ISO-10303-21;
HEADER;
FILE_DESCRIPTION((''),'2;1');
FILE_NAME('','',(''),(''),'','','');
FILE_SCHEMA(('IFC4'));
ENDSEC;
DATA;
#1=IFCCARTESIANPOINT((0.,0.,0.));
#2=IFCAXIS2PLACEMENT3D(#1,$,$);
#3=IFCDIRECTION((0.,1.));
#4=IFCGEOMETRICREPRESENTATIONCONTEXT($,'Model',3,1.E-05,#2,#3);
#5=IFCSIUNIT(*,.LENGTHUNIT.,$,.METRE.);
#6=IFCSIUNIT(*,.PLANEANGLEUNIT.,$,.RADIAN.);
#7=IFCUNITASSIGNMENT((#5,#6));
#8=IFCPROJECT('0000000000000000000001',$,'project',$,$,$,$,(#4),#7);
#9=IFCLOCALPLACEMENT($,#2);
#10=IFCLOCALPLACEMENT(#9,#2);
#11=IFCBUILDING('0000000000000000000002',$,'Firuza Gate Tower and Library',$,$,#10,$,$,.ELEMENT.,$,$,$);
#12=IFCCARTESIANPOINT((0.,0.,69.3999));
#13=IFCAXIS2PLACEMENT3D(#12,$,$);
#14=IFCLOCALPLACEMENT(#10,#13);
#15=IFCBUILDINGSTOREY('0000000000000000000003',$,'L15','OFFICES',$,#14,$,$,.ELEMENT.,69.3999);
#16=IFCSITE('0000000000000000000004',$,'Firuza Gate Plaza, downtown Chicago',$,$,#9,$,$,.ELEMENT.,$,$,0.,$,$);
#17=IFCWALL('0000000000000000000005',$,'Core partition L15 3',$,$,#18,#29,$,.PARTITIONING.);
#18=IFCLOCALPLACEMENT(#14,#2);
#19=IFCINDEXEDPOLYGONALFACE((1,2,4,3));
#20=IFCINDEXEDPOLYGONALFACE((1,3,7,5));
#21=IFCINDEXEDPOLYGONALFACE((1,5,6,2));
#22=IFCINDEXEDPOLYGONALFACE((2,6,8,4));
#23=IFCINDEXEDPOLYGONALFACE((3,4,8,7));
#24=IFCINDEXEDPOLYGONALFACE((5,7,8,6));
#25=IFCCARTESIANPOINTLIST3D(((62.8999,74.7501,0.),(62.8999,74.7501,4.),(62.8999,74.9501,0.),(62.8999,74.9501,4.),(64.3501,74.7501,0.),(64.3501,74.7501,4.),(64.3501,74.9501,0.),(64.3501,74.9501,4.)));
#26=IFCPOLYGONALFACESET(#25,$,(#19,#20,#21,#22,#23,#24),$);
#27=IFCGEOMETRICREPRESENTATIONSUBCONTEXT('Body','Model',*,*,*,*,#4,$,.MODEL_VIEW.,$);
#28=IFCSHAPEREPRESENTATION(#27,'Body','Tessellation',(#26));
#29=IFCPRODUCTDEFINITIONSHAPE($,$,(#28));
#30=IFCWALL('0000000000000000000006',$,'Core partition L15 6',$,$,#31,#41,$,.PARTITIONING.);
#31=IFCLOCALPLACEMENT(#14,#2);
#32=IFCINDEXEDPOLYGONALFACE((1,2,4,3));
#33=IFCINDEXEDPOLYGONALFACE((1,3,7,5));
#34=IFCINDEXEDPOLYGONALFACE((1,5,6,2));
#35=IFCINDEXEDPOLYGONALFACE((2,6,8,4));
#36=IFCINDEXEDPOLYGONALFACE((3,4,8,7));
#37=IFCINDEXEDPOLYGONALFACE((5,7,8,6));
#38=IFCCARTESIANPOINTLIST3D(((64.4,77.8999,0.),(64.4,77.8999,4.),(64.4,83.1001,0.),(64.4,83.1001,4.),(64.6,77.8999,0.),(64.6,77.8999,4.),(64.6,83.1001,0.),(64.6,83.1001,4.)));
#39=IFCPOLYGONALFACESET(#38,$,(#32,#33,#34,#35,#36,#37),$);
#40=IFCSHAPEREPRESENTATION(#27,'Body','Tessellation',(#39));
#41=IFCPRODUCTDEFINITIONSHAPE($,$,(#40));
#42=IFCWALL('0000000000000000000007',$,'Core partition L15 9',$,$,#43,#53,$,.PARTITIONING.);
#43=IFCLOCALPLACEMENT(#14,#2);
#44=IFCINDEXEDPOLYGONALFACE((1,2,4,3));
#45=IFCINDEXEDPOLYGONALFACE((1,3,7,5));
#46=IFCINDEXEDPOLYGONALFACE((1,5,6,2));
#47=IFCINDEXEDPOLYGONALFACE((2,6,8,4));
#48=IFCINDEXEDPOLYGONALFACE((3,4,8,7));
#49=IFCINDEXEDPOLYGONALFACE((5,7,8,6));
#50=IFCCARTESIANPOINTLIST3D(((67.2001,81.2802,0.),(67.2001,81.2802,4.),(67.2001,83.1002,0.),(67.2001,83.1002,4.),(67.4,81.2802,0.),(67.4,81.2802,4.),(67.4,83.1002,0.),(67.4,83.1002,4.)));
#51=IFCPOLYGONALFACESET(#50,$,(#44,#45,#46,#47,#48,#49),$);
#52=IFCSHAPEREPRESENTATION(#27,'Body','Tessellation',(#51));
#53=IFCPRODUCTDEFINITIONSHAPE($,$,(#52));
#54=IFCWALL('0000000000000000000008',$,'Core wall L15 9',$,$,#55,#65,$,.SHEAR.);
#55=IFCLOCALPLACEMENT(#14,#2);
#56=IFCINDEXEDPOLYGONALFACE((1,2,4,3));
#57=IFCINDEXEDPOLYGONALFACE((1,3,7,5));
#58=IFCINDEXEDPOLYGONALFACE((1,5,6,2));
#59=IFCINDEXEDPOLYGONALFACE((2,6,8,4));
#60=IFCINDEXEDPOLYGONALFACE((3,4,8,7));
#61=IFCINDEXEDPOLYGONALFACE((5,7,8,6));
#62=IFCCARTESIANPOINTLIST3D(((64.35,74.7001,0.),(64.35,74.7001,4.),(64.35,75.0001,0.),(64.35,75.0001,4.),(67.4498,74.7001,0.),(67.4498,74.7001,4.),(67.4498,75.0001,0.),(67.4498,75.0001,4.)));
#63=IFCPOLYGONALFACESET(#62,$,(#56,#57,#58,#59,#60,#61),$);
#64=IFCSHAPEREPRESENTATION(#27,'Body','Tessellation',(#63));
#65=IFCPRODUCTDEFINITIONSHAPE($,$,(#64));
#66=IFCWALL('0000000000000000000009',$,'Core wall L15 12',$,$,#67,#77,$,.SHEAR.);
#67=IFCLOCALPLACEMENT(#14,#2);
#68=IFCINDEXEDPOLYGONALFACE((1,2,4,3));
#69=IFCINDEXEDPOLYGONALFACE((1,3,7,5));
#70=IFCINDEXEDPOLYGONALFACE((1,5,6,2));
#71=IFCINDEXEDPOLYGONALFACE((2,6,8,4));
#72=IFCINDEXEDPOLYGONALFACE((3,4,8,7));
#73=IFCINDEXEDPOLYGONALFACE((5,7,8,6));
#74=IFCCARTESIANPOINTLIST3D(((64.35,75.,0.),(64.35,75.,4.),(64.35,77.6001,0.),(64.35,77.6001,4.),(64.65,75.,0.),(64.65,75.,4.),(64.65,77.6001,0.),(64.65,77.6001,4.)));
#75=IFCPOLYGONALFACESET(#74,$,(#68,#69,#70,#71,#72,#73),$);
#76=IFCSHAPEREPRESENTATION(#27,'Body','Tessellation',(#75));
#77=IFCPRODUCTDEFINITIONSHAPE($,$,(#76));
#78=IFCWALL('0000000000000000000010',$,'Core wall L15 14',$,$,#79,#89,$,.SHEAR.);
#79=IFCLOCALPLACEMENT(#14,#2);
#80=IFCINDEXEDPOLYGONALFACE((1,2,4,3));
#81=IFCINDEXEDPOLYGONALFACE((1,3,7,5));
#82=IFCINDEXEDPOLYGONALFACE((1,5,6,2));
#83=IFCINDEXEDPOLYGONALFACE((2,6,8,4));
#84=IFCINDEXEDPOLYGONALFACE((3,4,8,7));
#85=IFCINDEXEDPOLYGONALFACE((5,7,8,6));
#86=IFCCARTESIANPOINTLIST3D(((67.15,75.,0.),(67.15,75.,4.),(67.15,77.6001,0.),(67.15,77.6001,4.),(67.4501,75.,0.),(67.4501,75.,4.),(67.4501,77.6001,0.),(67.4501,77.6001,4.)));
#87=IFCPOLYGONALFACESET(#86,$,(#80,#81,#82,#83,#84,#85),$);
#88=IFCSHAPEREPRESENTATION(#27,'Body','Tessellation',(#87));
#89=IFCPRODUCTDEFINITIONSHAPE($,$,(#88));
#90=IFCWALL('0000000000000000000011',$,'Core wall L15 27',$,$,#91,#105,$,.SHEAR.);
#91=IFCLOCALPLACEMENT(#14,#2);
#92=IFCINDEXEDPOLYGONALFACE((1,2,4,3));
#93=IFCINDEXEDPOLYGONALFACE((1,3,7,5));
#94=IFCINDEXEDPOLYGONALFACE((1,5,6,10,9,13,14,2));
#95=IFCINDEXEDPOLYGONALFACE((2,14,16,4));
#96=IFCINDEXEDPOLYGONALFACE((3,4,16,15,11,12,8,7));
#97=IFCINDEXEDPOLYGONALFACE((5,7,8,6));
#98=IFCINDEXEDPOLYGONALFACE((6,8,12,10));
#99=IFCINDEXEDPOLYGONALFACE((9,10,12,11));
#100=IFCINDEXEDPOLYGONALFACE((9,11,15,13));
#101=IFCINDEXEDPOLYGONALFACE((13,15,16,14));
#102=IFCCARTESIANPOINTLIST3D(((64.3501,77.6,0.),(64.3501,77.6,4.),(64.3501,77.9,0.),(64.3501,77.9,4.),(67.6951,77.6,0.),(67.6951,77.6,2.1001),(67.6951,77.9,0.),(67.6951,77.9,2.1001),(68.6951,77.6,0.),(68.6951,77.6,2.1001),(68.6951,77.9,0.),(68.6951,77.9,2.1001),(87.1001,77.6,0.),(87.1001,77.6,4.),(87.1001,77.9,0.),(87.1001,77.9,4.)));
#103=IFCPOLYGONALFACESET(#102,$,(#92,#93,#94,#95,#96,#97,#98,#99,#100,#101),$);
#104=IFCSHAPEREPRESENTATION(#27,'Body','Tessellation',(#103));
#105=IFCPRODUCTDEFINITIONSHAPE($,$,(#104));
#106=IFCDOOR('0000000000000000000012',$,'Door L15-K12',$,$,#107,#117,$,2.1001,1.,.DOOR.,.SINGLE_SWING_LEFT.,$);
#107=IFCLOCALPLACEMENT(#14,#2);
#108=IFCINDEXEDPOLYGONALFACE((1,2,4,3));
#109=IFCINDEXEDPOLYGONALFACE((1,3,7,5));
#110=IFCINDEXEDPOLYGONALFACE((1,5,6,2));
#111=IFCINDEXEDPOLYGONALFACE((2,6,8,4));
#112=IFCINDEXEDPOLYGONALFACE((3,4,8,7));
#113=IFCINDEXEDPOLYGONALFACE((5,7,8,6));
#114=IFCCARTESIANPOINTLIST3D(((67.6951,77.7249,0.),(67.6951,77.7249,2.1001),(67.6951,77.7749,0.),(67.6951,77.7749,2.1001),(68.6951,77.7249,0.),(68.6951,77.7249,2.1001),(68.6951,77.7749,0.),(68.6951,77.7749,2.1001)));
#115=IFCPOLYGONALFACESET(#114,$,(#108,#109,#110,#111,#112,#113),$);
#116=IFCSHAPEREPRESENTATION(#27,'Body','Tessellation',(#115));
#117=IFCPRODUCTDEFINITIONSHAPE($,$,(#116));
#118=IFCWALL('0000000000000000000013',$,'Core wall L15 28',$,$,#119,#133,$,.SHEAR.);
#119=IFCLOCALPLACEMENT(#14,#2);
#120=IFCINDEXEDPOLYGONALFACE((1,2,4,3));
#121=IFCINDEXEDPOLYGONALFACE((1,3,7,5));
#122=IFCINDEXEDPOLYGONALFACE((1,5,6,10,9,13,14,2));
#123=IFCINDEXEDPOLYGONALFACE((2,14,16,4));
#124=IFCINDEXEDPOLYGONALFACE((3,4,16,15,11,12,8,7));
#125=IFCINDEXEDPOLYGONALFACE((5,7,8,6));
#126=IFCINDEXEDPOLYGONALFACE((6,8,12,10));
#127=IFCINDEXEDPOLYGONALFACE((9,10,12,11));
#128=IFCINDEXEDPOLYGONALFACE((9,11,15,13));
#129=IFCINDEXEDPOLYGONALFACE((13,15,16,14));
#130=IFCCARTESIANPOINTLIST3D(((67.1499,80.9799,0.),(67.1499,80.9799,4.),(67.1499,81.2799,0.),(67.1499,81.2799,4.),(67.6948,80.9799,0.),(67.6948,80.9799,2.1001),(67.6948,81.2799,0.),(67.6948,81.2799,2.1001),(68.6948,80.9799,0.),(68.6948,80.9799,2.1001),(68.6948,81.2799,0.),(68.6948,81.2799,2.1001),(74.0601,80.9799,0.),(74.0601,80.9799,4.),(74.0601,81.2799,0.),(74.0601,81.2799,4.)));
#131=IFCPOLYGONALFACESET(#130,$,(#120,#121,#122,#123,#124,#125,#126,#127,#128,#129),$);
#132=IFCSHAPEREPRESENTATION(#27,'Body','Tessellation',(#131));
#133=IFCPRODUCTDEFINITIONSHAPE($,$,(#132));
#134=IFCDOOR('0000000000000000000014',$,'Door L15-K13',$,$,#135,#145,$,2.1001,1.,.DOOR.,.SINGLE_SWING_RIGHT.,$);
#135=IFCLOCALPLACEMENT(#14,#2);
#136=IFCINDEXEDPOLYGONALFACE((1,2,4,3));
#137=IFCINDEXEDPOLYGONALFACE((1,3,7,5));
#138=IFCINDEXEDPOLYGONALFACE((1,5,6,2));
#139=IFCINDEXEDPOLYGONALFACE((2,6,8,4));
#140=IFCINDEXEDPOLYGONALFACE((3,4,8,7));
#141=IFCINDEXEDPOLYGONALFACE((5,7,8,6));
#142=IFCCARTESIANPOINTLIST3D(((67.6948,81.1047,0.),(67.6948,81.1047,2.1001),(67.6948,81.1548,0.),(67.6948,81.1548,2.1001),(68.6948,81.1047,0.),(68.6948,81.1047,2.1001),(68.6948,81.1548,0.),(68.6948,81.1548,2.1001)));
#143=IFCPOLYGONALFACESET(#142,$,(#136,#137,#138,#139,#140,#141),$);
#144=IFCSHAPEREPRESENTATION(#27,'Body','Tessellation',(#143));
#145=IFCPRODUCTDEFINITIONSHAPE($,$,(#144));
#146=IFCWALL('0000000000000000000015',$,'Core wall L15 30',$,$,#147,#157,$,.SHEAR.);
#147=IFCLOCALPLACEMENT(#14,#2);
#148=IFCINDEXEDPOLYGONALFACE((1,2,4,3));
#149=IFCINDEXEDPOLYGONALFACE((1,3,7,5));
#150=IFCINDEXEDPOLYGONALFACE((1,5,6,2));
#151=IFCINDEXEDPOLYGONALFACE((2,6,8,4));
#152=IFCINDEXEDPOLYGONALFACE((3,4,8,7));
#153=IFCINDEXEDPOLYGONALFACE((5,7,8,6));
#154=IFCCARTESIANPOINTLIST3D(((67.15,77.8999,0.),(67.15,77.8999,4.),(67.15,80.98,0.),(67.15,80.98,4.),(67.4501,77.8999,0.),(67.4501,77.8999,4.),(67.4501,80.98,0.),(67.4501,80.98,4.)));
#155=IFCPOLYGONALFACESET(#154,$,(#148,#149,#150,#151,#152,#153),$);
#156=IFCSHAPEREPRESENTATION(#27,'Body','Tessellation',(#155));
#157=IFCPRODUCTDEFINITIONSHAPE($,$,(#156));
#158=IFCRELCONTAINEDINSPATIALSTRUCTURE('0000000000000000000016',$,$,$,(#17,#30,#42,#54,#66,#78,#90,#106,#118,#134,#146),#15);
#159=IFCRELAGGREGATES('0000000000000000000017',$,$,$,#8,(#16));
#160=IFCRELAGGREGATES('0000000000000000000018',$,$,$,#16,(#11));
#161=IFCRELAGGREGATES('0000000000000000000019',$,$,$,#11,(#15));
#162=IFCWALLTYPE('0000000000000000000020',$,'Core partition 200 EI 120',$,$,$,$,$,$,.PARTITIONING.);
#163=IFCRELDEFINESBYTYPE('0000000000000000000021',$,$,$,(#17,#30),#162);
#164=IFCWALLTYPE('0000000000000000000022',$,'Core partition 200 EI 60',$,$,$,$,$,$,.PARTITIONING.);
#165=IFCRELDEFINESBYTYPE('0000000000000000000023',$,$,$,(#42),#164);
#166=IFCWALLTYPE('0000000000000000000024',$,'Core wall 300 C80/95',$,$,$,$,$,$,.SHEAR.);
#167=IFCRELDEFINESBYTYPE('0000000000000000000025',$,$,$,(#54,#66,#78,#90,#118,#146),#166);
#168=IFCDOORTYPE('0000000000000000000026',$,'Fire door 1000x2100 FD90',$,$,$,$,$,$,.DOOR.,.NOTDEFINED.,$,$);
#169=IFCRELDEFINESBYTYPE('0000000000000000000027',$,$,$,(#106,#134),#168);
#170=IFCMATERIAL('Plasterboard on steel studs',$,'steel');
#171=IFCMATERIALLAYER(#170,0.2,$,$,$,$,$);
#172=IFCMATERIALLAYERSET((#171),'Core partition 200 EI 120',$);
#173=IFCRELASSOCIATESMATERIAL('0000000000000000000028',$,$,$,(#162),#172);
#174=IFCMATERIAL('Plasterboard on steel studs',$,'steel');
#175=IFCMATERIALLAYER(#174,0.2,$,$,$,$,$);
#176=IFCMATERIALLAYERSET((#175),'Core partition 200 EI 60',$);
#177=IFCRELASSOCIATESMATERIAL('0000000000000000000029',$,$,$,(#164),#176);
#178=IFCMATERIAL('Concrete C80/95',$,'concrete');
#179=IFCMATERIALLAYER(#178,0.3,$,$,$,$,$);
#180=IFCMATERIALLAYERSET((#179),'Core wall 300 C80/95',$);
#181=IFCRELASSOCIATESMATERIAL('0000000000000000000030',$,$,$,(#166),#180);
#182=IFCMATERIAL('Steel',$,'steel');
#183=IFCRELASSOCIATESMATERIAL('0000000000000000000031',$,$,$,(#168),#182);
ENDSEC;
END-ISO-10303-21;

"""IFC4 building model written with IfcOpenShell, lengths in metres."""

from ifc_helpers import new_model, si_unit, direction, frame, frame_2d, origin, place, context, subcontext, project, spatial, rectangle, extrude, material, layer, layer_set, type_object, element, fill, save


model = new_model("IFC4")

# Units and contexts
model_context = context("Model", 3, precision=1e-05, world=origin(), true_north=direction((0.0, 1.0)))
body_context = subcontext(model_context, "Body", "Model", "MODEL_VIEW")
ifc_project = project(units=[si_unit("LENGTHUNIT", "METRE"), si_unit("PLANEANGLEUNIT", "RADIAN")], contexts=[model_context])

# Site, building, storey
site_placement = place(None, origin())
site = spatial("IfcSite", under=ifc_project, at=site_placement, Name="Firuza Gate Plaza, downtown Chicago", CompositionType="ELEMENT", RefElevation=0.0)
building_placement = place(site_placement, origin())
building = spatial("IfcBuilding", under=site, at=building_placement, Name="Firuza Gate Tower and Library", CompositionType="ELEMENT")
storey_placement = place(building_placement, frame((0.0, 0.0, 69.3999)))
storey = spatial("IfcBuildingStorey", under=building, at=storey_placement, Name="L15", Description="OFFICES", CompositionType="ELEMENT", Elevation=69.3999)

# Walls
ifc_material_1 = material(Name="Plasterboard on steel studs", Category="steel")
ifc_layer_1 = layer(ifc_material_1, 0.2)
ifc_layer_set_1 = layer_set([ifc_layer_1], Name="Core partition 200 EI 120")
wall_type_1 = type_object("IfcWallType", Name="Core partition 200 EI 120", PredefinedType="PARTITIONING", material=ifc_layer_set_1)
wall_1_placement = place(storey_placement, frame((62.8999, 74.8501, 0.0), z_axis=(0.0, 0.0, 1.0), x_axis=(1.0, 0.0, 0.0)))
element("IfcWall", 1, at=wall_1_placement, inside=storey, type_object=wall_type_1, Name="Core partition L15 3", PredefinedType="PARTITIONING", context=body_context, shape_type="SweptSolid", body=[
    extrude(rectangle(XDim=1.4502, YDim=0.2, at=frame_2d((0.7251, 0.0))), origin(), (0.0, 0.0, 1.0), 4.0),
])
wall_2_placement = place(storey_placement, frame((64.5, 77.8999, 0.0), z_axis=(0.0, 0.0, 1.0), x_axis=(0.0, 1.0, 0.0)))
element("IfcWall", 2, at=wall_2_placement, inside=storey, type_object=wall_type_1, Name="Core partition L15 6", PredefinedType="PARTITIONING", context=body_context, shape_type="SweptSolid", body=[
    extrude(rectangle(XDim=5.2002, YDim=0.2, at=frame_2d((2.6001, 0.0))), origin(), (0.0, 0.0, 1.0), 4.0),
])
ifc_material_2 = material(Name="Plasterboard on steel studs", Category="steel")
ifc_layer_2 = layer(ifc_material_2, 0.2)
ifc_layer_set_2 = layer_set([ifc_layer_2], Name="Core partition 200 EI 60")
wall_type_2 = type_object("IfcWallType", Name="Core partition 200 EI 60", PredefinedType="PARTITIONING", material=ifc_layer_set_2)
wall_3_placement = place(storey_placement, frame((67.3, 81.28, 0.0), z_axis=(0.0, 0.0, 1.0), x_axis=(0.0, 1.0, 0.0)))
element("IfcWall", 3, at=wall_3_placement, inside=storey, type_object=wall_type_2, Name="Core partition L15 9", PredefinedType="PARTITIONING", context=body_context, shape_type="SweptSolid", body=[
    extrude(rectangle(XDim=1.8201, YDim=0.2, at=frame_2d((0.9102, 0.0))), origin(), (0.0, 0.0, 1.0), 4.0),
])
ifc_material_3 = material(Name="Concrete C80/95", Category="concrete")
ifc_layer_3 = layer(ifc_material_3, 0.3)
ifc_layer_set_3 = layer_set([ifc_layer_3], Name="Core wall 300 C80/95")
wall_type_3 = type_object("IfcWallType", Name="Core wall 300 C80/95", PredefinedType="SHEAR", material=ifc_layer_set_3)
wall_4_placement = place(storey_placement, frame((64.3501, 74.8501, 0.0), z_axis=(0.0, 0.0, 1.0), x_axis=(1.0, 0.0, 0.0)))
element("IfcWall", 4, at=wall_4_placement, inside=storey, type_object=wall_type_3, Name="Core wall L15 9", PredefinedType="SHEAR", context=body_context, shape_type="SweptSolid", body=[
    extrude(rectangle(XDim=3.0999, YDim=0.3, at=frame_2d((1.5498, 0.0))), origin(), (0.0, 0.0, 1.0), 4.0),
])
for number, where, z_axis, x_axis, name in (
    (5, (64.5, 75.0, 0.0), (0.0, 0.0, 1.0), (0.0, 1.0, 0.0), "Core wall L15 12"),
    (6, (67.3, 75.0, 0.0), (0.0, 0.0, 1.0), (0.0, 1.0, 0.0), "Core wall L15 14"),
):
    element("IfcWall", number, at=place(storey_placement, frame(where, z_axis=z_axis, x_axis=x_axis)), inside=storey, type_object=wall_type_3, Name=name, PredefinedType="SHEAR", context=body_context, shape_type="SweptSolid", body=[
        extrude(rectangle(XDim=2.6001, YDim=0.3, at=frame_2d((1.3, 0.0))), origin(), (0.0, 0.0, 1.0), 4.0),
    ])

# Walls, openings, doors
wall_5_placement = place(storey_placement, frame((64.3501, 77.75, 0.0), z_axis=(0.0, 0.0, 1.0), x_axis=(1.0, 0.0, 0.0)))
wall_5 = element("IfcWall", 7, at=wall_5_placement, inside=storey, type_object=wall_type_3, Name="Core wall L15 27", PredefinedType="SHEAR", context=body_context, shape_type="SweptSolid", body=[
    extrude(rectangle(XDim=22.75, YDim=0.3, at=frame_2d((11.375, 0.0))), origin(), (0.0, 0.0, 1.0), 4.0),
])
opening_1_placement = place(wall_5_placement, frame((3.345, 0.0, 0.0)))
opening_1 = element("IfcOpeningElement", 8, at=opening_1_placement, cuts=wall_5, PredefinedType="OPENING", context=body_context, shape_type="SweptSolid", body=[
    extrude(rectangle(XDim=1.0, YDim=2.1001, at=frame_2d((0.5, 1.05))), frame((0.0, 0.1602, 0.0), z_axis=(0.0, -1.0, 0.0), x_axis=(1.0, 0.0, 0.0)), (0.0, 0.0, 1.0), 0.3201),
])
ifc_material_4 = material(Name="Steel", Category="steel")
door_type_1 = type_object("IfcDoorType", Name="Fire door 1000x2100 FD90", OperationType="NOTDEFINED", PredefinedType="DOOR", material=ifc_material_4)
door_1_placement = place(opening_1_placement, origin())
door_1 = element("IfcDoor", 9, at=door_1_placement, inside=storey, type_object=door_type_1, Name="Door L15-K12", OperationType="SINGLE_SWING_LEFT", OverallHeight=2.1001, OverallWidth=1.0, PredefinedType="DOOR", context=body_context, shape_type="SweptSolid", body=[
    extrude(rectangle(XDim=1.0, YDim=2.1001, at=frame_2d((0.5, 1.05))), frame((0.0, 0.0249, 0.0), z_axis=(0.0, -1.0, 0.0), x_axis=(1.0, 0.0, 0.0)), (0.0, 0.0, 1.0), 0.05),
])
fill(opening_1, door_1)
wall_6_placement = place(storey_placement, frame((67.1499, 81.1299, 0.0), z_axis=(0.0, 0.0, 1.0), x_axis=(1.0, 0.0, 0.0)))
wall_6 = element("IfcWall", 10, at=wall_6_placement, inside=storey, type_object=wall_type_3, Name="Core wall L15 28", PredefinedType="SHEAR", context=body_context, shape_type="SweptSolid", body=[
    extrude(rectangle(XDim=6.9102, YDim=0.3, at=frame_2d((3.4551, 0.0))), origin(), (0.0, 0.0, 1.0), 4.0),
])
opening_2_placement = place(wall_6_placement, frame((0.5449, 0.0, 0.0)))
opening_2 = element("IfcOpeningElement", 11, at=opening_2_placement, cuts=wall_6, PredefinedType="OPENING", context=body_context, shape_type="SweptSolid", body=[
    extrude(rectangle(XDim=1.0, YDim=2.1001, at=frame_2d((0.5, 1.05))), frame((0.0, 0.1602, 0.0), z_axis=(0.0, -1.0, 0.0), x_axis=(1.0, 0.0, 0.0)), (0.0, 0.0, 1.0), 0.3201),
])
door_2_placement = place(opening_2_placement, origin())
door_2 = element("IfcDoor", 12, at=door_2_placement, inside=storey, type_object=door_type_1, Name="Door L15-K13", OperationType="SINGLE_SWING_RIGHT", OverallHeight=2.1001, OverallWidth=1.0, PredefinedType="DOOR", context=body_context, shape_type="SweptSolid", body=[
    extrude(rectangle(XDim=1.0, YDim=2.1001, at=frame_2d((0.5, 1.05))), frame((0.0, 0.0249, 0.0), z_axis=(0.0, -1.0, 0.0), x_axis=(1.0, 0.0, 0.0)), (0.0, 0.0, 1.0), 0.05),
])
fill(opening_2, door_2)

# Wall
wall_7_placement = place(storey_placement, frame((67.3, 77.8999, 0.0), z_axis=(0.0, 0.0, 1.0), x_axis=(0.0, 1.0, 0.0)))
element("IfcWall", 13, at=wall_7_placement, inside=storey, type_object=wall_type_3, Name="Core wall L15 30", PredefinedType="SHEAR", context=body_context, shape_type="SweptSolid", body=[
    extrude(rectangle(XDim=3.0801, YDim=0.3, at=frame_2d((1.54, 0.0))), origin(), (0.0, 0.0, 1.0), 4.0),
])

save(model, "model.ifc")
